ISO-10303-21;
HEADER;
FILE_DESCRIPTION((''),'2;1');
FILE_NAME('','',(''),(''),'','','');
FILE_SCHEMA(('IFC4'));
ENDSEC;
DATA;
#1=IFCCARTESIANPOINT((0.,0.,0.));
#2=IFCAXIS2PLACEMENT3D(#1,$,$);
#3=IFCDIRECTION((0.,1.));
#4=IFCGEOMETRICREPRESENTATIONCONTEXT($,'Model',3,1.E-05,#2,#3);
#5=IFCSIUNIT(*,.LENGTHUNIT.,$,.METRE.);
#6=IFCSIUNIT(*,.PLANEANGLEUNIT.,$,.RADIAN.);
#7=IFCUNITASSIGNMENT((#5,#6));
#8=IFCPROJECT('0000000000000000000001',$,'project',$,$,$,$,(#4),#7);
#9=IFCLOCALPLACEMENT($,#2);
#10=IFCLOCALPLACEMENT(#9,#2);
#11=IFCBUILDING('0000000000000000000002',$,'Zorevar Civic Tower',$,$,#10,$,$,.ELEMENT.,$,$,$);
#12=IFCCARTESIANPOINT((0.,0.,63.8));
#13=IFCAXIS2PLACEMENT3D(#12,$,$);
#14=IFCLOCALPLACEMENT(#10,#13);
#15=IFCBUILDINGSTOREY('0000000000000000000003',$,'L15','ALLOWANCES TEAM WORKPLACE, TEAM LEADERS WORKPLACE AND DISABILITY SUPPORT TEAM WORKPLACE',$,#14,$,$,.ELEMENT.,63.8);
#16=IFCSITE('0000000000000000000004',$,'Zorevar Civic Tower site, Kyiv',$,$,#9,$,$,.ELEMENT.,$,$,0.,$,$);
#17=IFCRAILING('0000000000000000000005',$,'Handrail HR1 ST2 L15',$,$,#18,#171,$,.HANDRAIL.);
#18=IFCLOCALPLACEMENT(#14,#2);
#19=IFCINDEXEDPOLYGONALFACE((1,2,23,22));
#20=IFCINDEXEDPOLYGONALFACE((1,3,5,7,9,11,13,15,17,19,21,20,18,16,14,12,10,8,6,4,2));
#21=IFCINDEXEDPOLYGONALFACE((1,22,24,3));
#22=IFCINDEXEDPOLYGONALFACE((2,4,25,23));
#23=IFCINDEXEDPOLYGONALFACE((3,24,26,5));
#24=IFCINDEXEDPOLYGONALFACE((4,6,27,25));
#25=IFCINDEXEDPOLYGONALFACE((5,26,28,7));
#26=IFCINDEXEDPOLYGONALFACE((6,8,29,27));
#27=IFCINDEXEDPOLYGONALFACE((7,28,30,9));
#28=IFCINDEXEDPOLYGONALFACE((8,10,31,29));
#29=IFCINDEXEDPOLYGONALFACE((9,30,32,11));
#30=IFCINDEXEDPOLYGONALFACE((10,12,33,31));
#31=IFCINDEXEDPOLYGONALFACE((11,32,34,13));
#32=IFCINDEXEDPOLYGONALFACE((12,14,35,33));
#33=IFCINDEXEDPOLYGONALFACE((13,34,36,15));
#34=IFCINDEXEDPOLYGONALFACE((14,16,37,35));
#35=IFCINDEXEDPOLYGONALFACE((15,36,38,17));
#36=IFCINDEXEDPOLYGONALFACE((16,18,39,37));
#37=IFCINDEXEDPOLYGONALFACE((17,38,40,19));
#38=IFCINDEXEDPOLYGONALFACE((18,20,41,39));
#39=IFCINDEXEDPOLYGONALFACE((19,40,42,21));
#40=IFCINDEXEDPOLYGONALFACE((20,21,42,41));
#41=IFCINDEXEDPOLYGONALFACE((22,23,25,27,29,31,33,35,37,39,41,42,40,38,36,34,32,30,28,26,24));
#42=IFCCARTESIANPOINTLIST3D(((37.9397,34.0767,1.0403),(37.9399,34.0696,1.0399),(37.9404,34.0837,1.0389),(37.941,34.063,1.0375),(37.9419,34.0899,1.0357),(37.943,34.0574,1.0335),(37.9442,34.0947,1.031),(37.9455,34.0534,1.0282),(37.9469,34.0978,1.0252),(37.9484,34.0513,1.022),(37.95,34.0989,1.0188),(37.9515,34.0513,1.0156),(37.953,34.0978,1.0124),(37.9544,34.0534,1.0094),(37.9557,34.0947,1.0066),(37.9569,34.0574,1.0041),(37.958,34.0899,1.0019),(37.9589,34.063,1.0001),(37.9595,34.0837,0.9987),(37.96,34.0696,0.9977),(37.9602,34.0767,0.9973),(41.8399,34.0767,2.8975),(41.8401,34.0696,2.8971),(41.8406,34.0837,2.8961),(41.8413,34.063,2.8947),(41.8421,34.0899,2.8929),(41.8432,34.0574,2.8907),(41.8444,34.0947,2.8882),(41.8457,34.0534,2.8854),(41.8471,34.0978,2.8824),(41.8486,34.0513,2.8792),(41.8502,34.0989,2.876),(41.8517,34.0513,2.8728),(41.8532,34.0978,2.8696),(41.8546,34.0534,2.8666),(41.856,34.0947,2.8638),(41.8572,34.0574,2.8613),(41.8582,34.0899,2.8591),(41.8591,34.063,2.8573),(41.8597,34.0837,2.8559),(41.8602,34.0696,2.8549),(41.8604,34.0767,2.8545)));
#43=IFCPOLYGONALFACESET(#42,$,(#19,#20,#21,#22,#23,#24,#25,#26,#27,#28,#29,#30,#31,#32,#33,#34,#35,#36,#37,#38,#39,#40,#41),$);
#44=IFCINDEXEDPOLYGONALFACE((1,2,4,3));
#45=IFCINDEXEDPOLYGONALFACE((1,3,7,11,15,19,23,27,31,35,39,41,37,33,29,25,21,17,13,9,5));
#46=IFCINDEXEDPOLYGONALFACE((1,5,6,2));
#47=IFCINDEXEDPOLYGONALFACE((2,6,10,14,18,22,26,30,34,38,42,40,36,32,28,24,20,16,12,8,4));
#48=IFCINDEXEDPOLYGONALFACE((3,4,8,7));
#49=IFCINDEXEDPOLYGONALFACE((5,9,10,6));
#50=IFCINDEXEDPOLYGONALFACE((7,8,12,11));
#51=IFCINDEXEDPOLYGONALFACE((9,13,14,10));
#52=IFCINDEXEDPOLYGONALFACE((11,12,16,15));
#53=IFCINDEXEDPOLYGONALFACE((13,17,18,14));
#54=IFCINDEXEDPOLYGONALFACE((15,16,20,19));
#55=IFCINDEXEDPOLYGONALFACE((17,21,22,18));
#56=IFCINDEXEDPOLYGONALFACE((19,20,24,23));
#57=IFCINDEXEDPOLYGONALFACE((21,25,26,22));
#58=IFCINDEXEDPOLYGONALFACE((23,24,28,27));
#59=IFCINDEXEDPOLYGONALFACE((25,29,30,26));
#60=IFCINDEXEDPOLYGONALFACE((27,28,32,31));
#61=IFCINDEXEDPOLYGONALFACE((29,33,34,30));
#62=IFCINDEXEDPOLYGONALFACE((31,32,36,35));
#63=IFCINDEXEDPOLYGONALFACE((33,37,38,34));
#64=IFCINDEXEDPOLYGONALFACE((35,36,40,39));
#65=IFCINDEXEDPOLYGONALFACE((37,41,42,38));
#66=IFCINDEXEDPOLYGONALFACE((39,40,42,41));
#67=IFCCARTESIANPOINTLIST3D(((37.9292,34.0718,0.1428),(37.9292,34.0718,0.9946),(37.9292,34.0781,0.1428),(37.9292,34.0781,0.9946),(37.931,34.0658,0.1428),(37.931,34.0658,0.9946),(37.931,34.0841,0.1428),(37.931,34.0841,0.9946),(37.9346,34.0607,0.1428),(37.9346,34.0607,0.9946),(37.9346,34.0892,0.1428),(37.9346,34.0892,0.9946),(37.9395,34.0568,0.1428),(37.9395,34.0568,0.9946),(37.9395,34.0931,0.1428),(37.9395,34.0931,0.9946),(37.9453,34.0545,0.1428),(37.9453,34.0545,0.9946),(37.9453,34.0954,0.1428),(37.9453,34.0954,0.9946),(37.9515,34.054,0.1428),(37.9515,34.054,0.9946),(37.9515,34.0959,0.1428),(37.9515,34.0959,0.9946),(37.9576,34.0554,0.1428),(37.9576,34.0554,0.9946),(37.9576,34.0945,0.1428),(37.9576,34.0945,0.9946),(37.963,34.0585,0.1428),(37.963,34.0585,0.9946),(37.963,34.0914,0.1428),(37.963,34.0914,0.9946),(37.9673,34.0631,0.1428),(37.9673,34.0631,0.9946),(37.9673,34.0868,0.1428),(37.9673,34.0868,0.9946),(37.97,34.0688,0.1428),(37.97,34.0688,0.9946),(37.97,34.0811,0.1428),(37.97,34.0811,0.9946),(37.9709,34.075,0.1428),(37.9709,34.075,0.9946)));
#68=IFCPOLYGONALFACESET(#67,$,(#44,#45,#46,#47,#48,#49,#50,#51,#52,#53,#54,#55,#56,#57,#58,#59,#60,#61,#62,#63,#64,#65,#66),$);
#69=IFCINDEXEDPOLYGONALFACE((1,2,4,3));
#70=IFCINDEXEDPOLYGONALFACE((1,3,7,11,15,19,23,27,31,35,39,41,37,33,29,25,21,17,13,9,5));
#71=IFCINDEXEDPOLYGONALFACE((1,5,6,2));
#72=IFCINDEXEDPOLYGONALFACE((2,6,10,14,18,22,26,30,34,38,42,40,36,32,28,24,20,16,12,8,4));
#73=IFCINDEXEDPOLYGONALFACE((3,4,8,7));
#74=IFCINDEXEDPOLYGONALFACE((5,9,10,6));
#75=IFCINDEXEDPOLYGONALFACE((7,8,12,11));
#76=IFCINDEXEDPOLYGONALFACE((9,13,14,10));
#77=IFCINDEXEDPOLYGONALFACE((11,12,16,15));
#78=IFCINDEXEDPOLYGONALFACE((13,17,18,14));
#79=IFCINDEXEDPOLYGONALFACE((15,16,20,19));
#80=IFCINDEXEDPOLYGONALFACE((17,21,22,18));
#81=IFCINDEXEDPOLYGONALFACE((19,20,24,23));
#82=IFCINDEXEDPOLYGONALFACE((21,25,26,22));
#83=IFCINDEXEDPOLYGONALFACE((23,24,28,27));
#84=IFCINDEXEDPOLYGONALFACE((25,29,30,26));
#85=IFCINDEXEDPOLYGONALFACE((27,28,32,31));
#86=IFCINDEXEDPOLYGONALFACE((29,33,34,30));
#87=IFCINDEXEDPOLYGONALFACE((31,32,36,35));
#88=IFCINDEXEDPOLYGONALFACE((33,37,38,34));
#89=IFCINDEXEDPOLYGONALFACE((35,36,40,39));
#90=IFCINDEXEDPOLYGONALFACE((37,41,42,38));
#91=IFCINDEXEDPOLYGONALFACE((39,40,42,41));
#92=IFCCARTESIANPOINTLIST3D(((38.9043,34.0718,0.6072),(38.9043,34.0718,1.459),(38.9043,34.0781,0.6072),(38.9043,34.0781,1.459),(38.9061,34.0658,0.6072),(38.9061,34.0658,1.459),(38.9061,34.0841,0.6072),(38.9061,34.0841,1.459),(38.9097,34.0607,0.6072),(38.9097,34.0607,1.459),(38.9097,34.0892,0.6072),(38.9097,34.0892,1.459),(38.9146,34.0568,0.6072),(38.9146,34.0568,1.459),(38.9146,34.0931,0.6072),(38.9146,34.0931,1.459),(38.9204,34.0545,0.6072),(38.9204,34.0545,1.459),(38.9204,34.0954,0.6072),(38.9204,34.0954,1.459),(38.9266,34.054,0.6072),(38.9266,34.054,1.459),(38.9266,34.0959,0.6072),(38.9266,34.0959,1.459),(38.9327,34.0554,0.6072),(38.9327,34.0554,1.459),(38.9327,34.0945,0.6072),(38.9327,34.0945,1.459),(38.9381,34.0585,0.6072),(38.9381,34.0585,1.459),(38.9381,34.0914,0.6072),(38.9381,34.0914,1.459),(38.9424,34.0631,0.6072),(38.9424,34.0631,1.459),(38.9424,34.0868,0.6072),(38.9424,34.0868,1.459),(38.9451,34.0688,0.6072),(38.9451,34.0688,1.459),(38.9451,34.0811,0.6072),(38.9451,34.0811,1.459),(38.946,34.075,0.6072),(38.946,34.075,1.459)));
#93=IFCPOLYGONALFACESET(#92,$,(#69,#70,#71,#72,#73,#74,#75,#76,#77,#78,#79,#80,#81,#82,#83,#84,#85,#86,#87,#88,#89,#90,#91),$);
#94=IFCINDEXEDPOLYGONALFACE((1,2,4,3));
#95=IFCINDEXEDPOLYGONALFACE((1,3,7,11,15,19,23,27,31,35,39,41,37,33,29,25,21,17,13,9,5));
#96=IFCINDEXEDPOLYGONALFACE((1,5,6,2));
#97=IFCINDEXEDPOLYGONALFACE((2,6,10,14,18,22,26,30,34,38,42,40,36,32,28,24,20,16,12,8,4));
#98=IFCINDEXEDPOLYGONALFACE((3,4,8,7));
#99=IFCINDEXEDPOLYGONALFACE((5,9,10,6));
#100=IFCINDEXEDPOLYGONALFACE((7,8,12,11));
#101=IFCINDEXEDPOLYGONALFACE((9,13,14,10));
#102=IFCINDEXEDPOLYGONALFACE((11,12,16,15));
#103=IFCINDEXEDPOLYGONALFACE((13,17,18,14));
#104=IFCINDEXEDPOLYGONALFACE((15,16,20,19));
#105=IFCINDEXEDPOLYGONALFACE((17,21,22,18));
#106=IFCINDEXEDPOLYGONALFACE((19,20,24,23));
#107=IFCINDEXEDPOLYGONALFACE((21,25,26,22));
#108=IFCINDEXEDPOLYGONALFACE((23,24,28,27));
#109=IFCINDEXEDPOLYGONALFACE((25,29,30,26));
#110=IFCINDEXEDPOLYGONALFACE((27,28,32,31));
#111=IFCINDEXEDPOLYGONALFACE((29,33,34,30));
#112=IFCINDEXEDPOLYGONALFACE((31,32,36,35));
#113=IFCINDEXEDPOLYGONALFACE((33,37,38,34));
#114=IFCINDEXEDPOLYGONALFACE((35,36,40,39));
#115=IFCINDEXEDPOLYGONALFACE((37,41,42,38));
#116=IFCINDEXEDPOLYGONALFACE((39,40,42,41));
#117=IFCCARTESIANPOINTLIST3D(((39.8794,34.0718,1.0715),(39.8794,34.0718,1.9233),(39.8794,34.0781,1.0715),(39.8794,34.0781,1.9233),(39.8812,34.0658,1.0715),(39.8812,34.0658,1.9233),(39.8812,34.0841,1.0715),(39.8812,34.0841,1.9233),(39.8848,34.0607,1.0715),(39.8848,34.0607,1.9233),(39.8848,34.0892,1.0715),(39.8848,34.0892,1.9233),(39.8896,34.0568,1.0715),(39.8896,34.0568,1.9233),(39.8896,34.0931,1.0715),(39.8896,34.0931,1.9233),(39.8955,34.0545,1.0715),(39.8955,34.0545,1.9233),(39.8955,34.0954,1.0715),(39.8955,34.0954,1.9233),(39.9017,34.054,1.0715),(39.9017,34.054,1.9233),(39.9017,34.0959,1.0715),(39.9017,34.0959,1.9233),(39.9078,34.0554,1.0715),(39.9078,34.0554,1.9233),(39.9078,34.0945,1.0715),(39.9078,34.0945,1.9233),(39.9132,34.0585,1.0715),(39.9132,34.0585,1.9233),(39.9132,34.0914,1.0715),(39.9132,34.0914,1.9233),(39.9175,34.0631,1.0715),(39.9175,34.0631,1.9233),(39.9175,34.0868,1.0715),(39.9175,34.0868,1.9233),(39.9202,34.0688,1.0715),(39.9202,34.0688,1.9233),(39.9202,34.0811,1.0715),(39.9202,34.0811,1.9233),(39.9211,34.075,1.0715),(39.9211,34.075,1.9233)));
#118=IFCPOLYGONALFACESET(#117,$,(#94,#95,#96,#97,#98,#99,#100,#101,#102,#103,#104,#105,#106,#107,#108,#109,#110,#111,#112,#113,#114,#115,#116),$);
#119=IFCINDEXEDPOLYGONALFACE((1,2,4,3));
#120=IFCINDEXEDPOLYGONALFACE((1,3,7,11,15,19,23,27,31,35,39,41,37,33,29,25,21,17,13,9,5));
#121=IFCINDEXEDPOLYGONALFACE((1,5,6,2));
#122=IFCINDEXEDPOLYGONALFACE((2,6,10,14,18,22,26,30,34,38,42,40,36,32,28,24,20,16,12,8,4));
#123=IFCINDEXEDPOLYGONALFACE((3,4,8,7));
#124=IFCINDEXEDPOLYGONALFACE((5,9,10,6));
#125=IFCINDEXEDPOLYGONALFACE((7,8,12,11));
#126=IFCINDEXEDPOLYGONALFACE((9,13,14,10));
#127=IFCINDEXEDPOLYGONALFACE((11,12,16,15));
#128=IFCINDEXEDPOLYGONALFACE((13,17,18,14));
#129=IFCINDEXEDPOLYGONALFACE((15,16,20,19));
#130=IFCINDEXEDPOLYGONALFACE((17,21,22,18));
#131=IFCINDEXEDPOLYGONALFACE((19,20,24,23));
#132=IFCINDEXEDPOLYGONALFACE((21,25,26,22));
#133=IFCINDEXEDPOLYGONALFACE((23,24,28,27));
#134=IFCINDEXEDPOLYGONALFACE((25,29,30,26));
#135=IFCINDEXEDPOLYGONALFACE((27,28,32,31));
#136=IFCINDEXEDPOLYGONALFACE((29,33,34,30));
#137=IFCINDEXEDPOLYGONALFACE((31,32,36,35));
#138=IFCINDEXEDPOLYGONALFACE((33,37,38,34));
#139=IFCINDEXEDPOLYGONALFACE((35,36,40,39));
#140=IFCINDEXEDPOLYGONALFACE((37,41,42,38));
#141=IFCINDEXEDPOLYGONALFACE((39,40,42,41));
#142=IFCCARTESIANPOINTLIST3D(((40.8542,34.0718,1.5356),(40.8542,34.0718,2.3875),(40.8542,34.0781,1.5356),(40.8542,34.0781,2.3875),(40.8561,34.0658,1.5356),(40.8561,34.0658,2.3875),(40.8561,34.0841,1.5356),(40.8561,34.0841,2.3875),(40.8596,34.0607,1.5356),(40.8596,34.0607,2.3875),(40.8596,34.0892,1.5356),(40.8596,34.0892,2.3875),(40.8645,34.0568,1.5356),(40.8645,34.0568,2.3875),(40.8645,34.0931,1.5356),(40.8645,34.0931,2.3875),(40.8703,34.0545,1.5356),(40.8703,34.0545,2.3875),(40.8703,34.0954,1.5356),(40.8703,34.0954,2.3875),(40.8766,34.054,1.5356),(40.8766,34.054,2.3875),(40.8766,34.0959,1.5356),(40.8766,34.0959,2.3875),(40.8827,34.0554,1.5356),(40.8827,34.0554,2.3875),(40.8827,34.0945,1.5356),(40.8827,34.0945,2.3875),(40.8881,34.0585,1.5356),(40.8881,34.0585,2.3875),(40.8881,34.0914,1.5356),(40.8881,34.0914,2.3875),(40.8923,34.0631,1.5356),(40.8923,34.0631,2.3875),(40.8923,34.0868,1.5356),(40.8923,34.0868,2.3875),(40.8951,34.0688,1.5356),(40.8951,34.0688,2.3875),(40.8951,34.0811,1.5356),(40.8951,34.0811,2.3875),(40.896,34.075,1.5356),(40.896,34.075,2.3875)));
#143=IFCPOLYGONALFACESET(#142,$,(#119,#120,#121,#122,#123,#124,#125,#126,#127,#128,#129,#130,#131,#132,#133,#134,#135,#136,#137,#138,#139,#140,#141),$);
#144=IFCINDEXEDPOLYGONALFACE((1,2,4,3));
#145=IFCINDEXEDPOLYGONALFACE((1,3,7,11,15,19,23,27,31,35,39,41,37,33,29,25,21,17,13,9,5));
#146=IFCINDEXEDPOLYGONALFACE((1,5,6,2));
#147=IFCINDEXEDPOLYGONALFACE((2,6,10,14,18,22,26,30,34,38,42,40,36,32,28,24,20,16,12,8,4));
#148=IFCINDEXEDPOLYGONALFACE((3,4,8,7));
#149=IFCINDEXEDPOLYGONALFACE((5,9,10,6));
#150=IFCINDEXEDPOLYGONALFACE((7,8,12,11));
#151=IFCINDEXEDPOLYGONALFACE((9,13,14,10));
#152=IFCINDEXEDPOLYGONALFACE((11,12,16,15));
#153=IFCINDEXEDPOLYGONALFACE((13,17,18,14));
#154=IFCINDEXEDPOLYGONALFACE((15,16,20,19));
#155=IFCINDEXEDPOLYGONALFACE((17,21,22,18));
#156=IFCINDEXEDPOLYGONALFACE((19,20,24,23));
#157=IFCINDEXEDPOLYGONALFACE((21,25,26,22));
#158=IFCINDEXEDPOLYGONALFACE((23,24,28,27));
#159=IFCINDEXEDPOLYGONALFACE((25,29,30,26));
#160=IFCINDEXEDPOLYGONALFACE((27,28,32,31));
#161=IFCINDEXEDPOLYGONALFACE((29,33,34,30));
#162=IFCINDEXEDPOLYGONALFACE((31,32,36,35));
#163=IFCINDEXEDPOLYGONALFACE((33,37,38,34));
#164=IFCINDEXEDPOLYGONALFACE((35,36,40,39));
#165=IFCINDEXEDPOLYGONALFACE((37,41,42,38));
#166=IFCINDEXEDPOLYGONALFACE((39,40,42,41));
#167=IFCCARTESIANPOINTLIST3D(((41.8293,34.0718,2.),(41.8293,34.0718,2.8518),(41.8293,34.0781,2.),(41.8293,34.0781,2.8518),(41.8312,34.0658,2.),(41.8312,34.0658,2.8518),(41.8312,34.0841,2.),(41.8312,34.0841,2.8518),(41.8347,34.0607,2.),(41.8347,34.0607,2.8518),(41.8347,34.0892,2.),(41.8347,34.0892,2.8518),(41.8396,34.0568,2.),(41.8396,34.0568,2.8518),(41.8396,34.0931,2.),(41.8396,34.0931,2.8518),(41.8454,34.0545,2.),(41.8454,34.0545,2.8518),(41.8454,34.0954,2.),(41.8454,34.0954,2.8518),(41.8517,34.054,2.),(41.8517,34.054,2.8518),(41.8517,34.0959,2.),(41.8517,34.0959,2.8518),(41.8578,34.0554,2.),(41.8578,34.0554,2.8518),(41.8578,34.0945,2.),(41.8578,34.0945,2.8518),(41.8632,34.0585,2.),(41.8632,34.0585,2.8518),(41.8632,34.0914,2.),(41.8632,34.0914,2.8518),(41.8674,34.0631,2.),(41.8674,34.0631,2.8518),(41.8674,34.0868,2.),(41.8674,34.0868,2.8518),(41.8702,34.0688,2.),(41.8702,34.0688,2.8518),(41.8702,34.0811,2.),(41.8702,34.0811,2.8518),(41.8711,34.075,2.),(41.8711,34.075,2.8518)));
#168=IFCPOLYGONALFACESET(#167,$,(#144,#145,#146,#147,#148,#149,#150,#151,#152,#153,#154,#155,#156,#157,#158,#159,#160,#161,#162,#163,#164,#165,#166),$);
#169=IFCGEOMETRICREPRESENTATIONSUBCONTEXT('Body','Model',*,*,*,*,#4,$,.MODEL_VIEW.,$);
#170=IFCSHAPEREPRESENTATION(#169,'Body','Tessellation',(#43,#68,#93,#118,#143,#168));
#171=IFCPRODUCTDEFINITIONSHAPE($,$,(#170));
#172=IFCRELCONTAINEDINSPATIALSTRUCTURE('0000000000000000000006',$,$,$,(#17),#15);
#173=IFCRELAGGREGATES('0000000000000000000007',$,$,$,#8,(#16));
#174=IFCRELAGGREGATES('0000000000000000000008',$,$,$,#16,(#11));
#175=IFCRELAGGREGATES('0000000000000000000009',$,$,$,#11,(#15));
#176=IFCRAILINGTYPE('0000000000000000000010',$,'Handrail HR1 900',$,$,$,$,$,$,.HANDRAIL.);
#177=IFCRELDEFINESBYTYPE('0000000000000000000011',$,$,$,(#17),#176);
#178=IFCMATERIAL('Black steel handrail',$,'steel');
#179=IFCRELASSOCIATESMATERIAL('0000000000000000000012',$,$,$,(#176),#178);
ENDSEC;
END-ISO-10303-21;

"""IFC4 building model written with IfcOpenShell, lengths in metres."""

from ifc_helpers import new_model, si_unit, direction, frame, origin, origin_2d, place, context, subcontext, project, spatial, circle, extrude, material, type_object, element, save


model = new_model("IFC4")

# Units and contexts
model_context = context("Model", 3, precision=1e-05, world=origin(), true_north=direction((0.0, 1.0)))
body_context = subcontext(model_context, "Body", "Model", "MODEL_VIEW")
ifc_project = project(units=[si_unit("LENGTHUNIT", "METRE"), si_unit("PLANEANGLEUNIT", "RADIAN")], contexts=[model_context])

# Site, building, storey
site_placement = place(None, origin())
site = spatial("IfcSite", under=ifc_project, at=site_placement, Name="Zorevar Civic Tower site, Kyiv", CompositionType="ELEMENT", RefElevation=0.0)
building_placement = place(site_placement, origin())
building = spatial("IfcBuilding", under=site, at=building_placement, Name="Zorevar Civic Tower", CompositionType="ELEMENT")
storey_placement = place(building_placement, frame((0.0, 0.0, 63.8)))
storey = spatial("IfcBuildingStorey", under=building, at=storey_placement, Name="L15", Description="ALLOWANCES TEAM WORKPLACE, TEAM LEADERS WORKPLACE AND DISABILITY SUPPORT TEAM WORKPLACE", CompositionType="ELEMENT", Elevation=63.8)

# Railing
ifc_material_1 = material(Name="Black steel handrail", Category="steel")
railing_type_1 = type_object("IfcRailingType", Name="Handrail HR1 900", PredefinedType="HANDRAIL", material=ifc_material_1)
railing_1_placement = place(storey_placement, frame((37.95, 34.075, 0.1428)))
element("IfcRailing", 1, at=railing_1_placement, inside=storey, type_object=railing_type_1, Name="Handrail HR1 ST2 L15", PredefinedType="HANDRAIL", context=body_context, shape_type="SweptSolid", body=[
    extrude(circle(Radius=0.0239, at=origin_2d()), frame((0.0, 0.0, 0.876), z_axis=(0.902864, 0.0, 0.429927), x_axis=(0.0, 1.0, 0.0)), (0.0, 0.0, 1.0), 4.3198),
    extrude(circle(Radius=0.021, at=origin_2d()), origin(), (0.0, 0.0, 1.0), 0.8518),
    extrude(circle(Radius=0.021, at=origin_2d()), frame((0.9751, 0.0, 0.4644)), (0.0, 0.0, 1.0), 0.8518),
    extrude(circle(Radius=0.021, at=origin_2d()), frame((1.9502, 0.0, 0.9287)), (0.0, 0.0, 1.0), 0.8518),
    extrude(circle(Radius=0.021, at=origin_2d()), frame((2.925, 0.0, 1.3928)), (0.0, 0.0, 1.0), 0.8518),
    extrude(circle(Radius=0.021, at=origin_2d()), frame((3.9001, 0.0, 1.8572)), (0.0, 0.0, 1.0), 0.8518),
])

save(model, "model.ifc")
